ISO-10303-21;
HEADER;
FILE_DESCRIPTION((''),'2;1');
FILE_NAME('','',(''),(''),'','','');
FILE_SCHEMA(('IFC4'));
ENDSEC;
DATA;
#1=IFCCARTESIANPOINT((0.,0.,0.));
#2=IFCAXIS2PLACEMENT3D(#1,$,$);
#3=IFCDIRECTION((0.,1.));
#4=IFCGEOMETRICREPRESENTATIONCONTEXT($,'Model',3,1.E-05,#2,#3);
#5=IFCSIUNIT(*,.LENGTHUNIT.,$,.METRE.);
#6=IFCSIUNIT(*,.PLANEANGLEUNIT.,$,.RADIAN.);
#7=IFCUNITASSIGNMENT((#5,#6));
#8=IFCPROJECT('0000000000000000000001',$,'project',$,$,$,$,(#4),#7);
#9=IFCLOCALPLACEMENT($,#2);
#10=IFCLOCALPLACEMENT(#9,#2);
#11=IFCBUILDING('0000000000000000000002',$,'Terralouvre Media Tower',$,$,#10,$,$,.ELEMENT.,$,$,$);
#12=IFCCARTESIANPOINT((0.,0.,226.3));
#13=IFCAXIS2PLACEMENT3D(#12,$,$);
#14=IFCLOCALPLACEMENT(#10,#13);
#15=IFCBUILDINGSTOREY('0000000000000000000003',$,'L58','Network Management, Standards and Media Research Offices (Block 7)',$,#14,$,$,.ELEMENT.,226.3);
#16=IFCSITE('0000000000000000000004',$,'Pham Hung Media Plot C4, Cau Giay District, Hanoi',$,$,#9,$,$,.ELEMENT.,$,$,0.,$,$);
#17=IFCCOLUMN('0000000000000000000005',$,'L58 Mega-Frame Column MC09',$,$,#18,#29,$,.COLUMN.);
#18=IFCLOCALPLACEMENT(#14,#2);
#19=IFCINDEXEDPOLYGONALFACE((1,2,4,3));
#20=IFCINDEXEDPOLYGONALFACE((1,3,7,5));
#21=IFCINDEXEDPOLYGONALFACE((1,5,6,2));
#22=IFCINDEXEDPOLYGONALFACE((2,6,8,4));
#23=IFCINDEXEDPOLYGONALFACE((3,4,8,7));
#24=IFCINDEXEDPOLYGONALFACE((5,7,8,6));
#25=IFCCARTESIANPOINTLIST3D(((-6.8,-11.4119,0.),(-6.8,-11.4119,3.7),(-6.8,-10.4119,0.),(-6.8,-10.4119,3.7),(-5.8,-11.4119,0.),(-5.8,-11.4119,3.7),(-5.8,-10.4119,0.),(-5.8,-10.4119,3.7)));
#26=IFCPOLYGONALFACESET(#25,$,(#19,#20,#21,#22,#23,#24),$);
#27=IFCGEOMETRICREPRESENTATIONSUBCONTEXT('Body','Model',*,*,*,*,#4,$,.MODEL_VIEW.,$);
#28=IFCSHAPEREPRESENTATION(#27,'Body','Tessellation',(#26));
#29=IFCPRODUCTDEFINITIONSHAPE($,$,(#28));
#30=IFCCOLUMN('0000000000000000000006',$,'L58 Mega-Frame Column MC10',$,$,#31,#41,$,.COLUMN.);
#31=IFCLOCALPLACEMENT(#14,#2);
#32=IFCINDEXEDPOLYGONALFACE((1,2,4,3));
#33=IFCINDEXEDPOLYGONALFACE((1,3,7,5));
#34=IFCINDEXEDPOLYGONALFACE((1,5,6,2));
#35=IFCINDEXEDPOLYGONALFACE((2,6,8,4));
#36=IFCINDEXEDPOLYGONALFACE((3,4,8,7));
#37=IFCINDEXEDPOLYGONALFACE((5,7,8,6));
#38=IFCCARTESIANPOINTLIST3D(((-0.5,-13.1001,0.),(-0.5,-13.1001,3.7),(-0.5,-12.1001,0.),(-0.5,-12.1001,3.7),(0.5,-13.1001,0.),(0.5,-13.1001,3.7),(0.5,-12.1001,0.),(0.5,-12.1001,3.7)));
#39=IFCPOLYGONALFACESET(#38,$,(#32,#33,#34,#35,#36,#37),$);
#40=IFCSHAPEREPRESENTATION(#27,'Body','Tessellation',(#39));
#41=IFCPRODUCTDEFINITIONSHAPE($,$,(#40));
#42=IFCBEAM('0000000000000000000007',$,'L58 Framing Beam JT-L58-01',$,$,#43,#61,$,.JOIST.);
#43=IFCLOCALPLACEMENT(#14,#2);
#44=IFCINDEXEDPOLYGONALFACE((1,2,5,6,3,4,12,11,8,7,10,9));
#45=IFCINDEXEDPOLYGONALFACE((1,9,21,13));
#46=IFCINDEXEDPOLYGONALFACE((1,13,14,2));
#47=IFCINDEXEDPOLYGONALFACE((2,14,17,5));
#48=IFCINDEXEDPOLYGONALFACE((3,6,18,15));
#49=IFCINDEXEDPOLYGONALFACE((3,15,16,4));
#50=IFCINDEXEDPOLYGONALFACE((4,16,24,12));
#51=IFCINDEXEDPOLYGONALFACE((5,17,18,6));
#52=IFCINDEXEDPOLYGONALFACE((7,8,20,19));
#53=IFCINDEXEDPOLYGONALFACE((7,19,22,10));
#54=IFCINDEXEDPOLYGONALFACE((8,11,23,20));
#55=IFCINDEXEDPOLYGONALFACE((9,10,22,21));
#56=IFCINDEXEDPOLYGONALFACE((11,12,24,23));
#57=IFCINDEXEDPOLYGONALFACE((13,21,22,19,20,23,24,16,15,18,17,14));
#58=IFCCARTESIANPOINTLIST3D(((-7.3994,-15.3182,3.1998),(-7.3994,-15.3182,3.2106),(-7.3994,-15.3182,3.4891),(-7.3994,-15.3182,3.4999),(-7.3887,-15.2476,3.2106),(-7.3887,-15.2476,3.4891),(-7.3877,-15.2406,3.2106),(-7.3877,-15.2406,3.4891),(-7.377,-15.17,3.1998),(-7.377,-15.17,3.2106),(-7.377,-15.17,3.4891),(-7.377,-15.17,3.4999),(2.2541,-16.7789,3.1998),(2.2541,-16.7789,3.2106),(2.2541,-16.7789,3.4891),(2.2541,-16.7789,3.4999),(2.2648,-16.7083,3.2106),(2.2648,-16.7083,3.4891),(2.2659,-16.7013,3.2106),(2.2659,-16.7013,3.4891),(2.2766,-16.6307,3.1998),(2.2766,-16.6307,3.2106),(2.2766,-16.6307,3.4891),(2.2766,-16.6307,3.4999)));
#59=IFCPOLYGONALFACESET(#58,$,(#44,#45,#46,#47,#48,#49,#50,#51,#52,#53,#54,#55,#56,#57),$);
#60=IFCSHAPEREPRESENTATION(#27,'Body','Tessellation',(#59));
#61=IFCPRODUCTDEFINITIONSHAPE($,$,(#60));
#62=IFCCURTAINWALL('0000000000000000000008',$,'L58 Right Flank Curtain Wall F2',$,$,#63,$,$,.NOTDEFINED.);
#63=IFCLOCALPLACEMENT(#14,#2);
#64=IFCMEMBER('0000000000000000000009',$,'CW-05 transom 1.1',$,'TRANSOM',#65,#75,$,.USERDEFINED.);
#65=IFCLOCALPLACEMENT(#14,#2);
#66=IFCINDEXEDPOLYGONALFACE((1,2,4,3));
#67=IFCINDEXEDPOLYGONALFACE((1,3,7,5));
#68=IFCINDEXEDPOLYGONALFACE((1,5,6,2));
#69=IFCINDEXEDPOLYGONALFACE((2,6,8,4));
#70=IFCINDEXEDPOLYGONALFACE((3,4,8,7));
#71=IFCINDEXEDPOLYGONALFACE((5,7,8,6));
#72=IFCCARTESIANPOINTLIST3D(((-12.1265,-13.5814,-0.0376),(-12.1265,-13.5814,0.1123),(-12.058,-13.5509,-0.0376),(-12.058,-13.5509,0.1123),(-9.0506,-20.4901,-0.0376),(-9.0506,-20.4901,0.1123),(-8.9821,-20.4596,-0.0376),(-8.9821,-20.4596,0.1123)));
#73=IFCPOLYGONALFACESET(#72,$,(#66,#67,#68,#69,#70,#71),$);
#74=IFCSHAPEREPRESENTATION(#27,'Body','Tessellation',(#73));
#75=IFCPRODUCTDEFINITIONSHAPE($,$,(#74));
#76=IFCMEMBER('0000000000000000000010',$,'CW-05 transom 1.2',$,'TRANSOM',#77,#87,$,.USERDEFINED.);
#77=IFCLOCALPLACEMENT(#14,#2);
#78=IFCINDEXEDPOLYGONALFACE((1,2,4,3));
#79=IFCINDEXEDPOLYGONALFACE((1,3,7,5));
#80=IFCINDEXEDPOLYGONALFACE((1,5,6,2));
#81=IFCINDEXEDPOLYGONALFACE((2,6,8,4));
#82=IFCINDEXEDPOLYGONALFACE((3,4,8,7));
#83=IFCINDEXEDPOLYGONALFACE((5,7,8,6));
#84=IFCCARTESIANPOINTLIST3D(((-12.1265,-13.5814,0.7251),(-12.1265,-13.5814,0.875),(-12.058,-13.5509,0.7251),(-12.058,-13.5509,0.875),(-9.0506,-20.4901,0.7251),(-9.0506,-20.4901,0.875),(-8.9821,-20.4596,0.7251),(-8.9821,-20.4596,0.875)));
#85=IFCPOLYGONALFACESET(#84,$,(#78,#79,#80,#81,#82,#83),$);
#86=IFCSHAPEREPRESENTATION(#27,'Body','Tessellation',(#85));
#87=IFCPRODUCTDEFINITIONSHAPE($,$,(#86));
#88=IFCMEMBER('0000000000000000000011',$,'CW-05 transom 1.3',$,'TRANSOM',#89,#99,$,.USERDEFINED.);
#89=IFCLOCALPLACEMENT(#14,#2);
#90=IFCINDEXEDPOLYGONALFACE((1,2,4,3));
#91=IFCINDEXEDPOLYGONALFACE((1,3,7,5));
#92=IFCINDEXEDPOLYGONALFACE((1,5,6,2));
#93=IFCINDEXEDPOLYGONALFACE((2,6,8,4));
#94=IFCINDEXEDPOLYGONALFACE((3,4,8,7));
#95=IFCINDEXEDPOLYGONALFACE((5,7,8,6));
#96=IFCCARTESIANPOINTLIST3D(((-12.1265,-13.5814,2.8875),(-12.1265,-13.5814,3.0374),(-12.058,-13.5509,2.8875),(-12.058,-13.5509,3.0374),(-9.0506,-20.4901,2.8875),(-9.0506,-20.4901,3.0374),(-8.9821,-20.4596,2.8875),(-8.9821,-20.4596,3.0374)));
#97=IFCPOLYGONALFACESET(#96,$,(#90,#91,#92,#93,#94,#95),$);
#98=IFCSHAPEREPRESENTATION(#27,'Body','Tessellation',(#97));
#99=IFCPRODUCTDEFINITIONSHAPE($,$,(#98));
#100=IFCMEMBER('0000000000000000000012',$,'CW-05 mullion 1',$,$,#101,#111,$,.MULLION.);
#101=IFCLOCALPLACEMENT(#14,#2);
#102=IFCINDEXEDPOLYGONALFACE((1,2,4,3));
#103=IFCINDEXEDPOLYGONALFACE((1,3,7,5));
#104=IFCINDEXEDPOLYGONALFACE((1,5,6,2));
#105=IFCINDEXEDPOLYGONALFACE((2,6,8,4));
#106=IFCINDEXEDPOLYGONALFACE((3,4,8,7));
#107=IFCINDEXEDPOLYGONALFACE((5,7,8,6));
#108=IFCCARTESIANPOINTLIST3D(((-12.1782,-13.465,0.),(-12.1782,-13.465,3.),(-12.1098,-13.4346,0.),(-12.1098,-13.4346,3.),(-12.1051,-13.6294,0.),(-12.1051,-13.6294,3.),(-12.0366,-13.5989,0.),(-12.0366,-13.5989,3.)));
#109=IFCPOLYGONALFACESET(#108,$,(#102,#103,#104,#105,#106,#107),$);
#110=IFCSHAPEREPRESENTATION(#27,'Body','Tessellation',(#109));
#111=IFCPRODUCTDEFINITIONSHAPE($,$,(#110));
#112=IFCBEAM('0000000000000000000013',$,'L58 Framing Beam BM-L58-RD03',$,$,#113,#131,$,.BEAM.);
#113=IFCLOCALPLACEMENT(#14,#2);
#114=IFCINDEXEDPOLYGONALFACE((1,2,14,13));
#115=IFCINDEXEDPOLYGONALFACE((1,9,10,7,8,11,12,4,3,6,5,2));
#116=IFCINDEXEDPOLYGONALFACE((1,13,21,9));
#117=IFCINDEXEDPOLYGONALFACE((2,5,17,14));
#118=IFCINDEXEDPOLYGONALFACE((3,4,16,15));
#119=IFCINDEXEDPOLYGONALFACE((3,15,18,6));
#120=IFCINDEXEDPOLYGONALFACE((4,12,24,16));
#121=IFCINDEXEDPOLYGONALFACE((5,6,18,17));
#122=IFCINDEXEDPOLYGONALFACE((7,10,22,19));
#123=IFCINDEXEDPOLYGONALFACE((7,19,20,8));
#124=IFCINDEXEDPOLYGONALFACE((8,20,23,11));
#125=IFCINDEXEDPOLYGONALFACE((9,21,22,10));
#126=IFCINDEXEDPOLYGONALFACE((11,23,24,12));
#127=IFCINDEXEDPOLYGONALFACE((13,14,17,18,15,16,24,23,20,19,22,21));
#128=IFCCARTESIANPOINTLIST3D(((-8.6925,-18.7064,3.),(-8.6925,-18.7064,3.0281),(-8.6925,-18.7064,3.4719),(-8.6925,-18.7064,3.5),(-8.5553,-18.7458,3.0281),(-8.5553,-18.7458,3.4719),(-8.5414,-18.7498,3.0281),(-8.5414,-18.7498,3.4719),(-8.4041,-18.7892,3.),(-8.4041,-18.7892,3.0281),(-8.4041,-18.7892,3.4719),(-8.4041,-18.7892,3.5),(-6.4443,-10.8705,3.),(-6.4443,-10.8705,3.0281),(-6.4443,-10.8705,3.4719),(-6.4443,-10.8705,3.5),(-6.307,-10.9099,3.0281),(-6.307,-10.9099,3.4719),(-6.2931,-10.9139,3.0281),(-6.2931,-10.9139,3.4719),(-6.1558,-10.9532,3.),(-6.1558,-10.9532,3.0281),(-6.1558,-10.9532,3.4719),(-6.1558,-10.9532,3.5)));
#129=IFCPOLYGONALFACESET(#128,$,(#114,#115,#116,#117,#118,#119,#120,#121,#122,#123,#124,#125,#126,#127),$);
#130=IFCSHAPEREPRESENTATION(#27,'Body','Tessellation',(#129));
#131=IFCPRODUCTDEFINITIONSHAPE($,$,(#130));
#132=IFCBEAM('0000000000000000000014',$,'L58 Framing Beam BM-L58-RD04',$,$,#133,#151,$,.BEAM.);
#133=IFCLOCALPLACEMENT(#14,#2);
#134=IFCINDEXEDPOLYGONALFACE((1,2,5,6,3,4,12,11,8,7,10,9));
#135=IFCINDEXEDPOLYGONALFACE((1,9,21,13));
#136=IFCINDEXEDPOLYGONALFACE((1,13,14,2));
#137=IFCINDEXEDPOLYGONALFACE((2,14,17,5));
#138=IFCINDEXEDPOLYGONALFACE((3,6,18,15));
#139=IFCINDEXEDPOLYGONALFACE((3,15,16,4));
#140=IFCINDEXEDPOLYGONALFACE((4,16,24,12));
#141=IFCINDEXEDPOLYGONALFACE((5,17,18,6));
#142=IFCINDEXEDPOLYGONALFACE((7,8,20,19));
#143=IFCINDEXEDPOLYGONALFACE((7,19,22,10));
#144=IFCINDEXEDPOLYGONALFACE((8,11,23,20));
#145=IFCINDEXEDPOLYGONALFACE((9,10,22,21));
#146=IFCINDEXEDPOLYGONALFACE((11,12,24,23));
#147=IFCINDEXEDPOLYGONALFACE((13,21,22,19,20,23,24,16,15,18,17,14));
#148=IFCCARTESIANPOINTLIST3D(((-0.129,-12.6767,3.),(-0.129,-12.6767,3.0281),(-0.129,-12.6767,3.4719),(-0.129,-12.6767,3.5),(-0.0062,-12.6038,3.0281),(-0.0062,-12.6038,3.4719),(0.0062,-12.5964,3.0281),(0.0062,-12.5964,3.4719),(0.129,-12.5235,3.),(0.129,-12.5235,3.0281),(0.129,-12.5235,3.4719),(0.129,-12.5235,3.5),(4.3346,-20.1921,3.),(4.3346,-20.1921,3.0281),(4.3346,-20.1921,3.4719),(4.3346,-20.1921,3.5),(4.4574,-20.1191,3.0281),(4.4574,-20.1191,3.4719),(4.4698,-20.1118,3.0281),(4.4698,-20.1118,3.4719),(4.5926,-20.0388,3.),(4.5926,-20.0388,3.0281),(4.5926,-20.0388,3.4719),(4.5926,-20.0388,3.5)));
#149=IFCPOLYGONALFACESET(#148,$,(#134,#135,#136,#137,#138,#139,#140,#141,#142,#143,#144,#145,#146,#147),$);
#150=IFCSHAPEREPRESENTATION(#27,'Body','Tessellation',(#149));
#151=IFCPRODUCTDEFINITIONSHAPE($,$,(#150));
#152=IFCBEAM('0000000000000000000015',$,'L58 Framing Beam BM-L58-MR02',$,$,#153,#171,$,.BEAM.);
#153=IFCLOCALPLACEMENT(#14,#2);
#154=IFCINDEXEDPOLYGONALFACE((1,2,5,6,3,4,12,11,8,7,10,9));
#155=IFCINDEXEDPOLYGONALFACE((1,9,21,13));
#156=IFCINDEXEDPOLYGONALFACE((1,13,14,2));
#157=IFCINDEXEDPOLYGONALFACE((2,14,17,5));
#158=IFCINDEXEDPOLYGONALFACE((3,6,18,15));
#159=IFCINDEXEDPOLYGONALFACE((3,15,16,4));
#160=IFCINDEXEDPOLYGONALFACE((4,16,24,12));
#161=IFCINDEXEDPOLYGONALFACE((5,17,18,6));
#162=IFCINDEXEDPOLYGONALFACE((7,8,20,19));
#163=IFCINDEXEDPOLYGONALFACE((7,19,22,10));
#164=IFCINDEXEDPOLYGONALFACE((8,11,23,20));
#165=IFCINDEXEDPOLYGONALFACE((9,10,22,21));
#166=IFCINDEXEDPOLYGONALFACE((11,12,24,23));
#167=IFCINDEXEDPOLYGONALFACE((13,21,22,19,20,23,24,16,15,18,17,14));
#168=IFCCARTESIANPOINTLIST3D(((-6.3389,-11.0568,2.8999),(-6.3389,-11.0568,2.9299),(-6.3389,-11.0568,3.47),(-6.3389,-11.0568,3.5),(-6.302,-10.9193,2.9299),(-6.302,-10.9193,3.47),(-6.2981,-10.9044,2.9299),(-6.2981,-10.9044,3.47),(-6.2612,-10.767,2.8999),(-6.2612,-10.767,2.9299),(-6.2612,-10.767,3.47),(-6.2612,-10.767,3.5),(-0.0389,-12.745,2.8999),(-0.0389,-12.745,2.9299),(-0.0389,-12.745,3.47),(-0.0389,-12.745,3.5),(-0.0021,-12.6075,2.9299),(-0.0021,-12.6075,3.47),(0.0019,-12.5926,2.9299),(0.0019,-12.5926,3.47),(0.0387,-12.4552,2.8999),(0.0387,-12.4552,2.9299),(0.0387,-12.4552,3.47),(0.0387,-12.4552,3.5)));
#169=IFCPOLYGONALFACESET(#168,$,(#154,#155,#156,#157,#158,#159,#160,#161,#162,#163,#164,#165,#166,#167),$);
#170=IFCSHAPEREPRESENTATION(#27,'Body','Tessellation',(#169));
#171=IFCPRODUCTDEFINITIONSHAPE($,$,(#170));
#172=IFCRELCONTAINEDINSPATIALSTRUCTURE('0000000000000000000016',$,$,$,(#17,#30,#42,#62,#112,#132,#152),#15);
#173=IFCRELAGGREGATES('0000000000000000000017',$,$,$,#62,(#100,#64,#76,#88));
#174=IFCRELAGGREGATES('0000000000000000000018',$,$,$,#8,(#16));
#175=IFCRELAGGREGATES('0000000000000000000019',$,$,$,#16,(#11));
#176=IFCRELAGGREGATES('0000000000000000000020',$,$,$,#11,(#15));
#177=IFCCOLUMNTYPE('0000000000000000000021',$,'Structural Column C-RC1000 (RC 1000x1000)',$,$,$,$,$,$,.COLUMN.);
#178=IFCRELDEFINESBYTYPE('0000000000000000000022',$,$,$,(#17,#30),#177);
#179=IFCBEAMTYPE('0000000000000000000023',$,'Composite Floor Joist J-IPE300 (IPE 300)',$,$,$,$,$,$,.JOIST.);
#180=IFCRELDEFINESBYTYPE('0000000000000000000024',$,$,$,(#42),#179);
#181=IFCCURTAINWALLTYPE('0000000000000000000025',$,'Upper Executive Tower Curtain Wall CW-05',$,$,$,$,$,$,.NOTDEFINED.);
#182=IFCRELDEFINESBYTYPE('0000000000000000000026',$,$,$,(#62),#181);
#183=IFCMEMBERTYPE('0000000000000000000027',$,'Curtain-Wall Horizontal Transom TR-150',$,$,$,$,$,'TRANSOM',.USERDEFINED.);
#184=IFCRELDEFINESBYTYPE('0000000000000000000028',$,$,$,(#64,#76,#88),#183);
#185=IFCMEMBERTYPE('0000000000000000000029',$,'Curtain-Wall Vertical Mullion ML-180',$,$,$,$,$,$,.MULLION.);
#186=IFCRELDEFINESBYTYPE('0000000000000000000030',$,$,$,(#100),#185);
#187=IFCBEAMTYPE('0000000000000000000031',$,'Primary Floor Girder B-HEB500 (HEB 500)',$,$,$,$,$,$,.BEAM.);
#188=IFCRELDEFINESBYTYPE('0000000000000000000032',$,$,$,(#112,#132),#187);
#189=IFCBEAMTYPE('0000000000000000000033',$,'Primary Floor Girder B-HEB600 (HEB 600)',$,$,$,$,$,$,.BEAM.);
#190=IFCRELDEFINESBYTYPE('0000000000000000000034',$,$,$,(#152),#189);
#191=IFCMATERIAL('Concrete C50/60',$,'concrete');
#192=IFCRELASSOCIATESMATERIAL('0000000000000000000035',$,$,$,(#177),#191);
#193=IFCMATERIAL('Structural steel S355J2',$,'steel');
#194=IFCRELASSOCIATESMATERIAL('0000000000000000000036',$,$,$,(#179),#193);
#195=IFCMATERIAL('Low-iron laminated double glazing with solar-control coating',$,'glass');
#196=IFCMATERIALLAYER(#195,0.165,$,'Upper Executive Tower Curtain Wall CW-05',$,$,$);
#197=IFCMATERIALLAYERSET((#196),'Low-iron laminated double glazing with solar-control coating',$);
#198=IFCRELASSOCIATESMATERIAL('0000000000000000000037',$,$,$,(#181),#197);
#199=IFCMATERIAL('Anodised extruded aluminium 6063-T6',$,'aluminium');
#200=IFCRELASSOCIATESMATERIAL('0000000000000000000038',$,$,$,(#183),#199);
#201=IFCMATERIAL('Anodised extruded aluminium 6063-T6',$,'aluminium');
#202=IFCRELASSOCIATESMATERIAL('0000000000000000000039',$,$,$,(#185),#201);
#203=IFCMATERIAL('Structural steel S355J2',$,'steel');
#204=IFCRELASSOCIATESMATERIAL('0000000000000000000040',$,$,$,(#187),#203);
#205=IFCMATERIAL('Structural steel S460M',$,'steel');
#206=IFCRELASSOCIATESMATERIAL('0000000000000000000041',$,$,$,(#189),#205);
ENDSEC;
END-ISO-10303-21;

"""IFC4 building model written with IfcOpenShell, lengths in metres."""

from ifc_helpers import new_model, si_unit, direction, frame, origin, origin_2d, place, context, subcontext, project, spatial, rectangle, i_section, extrude, material, layer, layer_set, material_profile, profile_set, type_object, element, aggregate, save


model = new_model("IFC4")

# Units and contexts
model_context = context("Model", 3, precision=1e-05, world=origin(), true_north=direction((0.0, 1.0)))
body_context = subcontext(model_context, "Body", "Model", "MODEL_VIEW")
ifc_project = project(units=[si_unit("LENGTHUNIT", "METRE"), si_unit("PLANEANGLEUNIT", "RADIAN")], contexts=[model_context])

# Site, building, storey
site_placement = place(None, origin())
site = spatial("IfcSite", under=ifc_project, at=site_placement, Name="Pham Hung Media Plot C4, Cau Giay District, Hanoi", CompositionType="ELEMENT", RefElevation=0.0)
building_placement = place(site_placement, origin())
building = spatial("IfcBuilding", under=site, at=building_placement, Name="Terralouvre Media Tower", CompositionType="ELEMENT")
storey_placement = place(building_placement, frame((0.0, 0.0, 226.3)))
storey = spatial("IfcBuildingStorey", under=building, at=storey_placement, Name="L58", Description="Network Management, Standards and Media Research Offices (Block 7)", CompositionType="ELEMENT", Elevation=226.3)

# Columns
ifc_material_1 = material(Name="Concrete C50/60", Category="concrete")
ifc_material_profile_1 = material_profile(ifc_material_1, rectangle(XDim=1.0, YDim=1.0, at=origin_2d()), Name="RC 1000x1000")
ifc_profile_set_1 = profile_set([ifc_material_profile_1], Name="Concrete C50/60")
column_type = type_object("IfcColumnType", Name="Structural Column C-RC1000 (RC 1000x1000)", PredefinedType="COLUMN", material=ifc_profile_set_1)
for number, where, z_axis, x_axis, name in (
    (1, (-6.3, -10.9119, 0.0), (0.0, 0.0, 1.0), (1.0, 0.0, 0.0), "L58 Mega-Frame Column MC09"),
    (2, (0.0, -12.6001, 0.0), (0.0, 0.0, 1.0), (1.0, 0.0, 0.0), "L58 Mega-Frame Column MC10"),
):
    element("IfcColumn", number, at=place(storey_placement, frame(where, z_axis=z_axis, x_axis=x_axis)), inside=storey, type_object=column_type, Name=name, PredefinedType="COLUMN", context=body_context, shape_type="SweptSolid", body=[
        extrude(rectangle(XDim=1.0, YDim=1.0, at=origin_2d()), origin(), (0.0, 0.0, 1.0), 3.7),
    ])

# Beam
ifc_material_2 = material(Name="Structural steel S355J2", Category="steel")
ifc_material_profile_2 = material_profile(ifc_material_2, i_section(OverallWidth=0.1499, OverallDepth=0.3, WebThickness=0.0071, FlangeThickness=0.0107, at=origin_2d()), Name="IPE 300")
ifc_profile_set_2 = profile_set([ifc_material_profile_2], Name="Structural steel S355J2")
beam_type_1 = type_object("IfcBeamType", Name="Composite Floor Joist J-IPE300 (IPE 300)", PredefinedType="JOIST", material=ifc_profile_set_2)
beam_1_placement = place(storey_placement, frame((-7.3882, -15.2441, 3.3499), z_axis=(0.988745, -0.149608, 0.0), x_axis=(0.149608, 0.988745, 0.0)))
element("IfcBeam", 3, at=beam_1_placement, inside=storey, type_object=beam_type_1, Name="L58 Framing Beam JT-L58-01", PredefinedType="JOIST", context=body_context, shape_type="SweptSolid", body=[
    extrude(i_section(OverallWidth=0.1499, OverallDepth=0.3, WebThickness=0.0071, FlangeThickness=0.0107, at=origin_2d()), origin(), (0.0, 0.0, 1.0), 9.7634),
])

# Curtain wall, members
ifc_material_3 = material(Name="Low-iron laminated double glazing with solar-control coating", Category="glass")
ifc_layer_1 = layer(ifc_material_3, 0.165, Name="Upper Executive Tower Curtain Wall CW-05")
ifc_layer_set_1 = layer_set([ifc_layer_1], Name="Low-iron laminated double glazing with solar-control coating")
curtain_wall_type = type_object("IfcCurtainWallType", Name="Upper Executive Tower Curtain Wall CW-05", PredefinedType="NOTDEFINED", material=ifc_layer_set_1)
curtain_wall_placement = place(storey_placement, origin())
curtain_wall = element("IfcCurtainWall", 4, at=curtain_wall_placement, inside=storey, type_object=curtain_wall_type, Name="L58 Right Flank Curtain Wall F2", PredefinedType="NOTDEFINED")
ifc_material_4 = material(Name="Anodised extruded aluminium 6063-T6", Category="aluminium")
ifc_material_profile_3 = material_profile(ifc_material_4, rectangle(XDim=0.075, YDim=0.1499, at=origin_2d()), Name="ALU 75x150")
ifc_profile_set_3 = profile_set([ifc_material_profile_3], Name="Anodised extruded aluminium 6063-T6")
member_type_1 = type_object("IfcMemberType", Name="Curtain-Wall Horizontal Transom TR-150", ElementType="TRANSOM", PredefinedType="USERDEFINED", material=ifc_profile_set_3)
member_1_placement = place(storey_placement, frame((-12.0923, -13.5662, 0.0374), z_axis=(0.406734, -0.913546, 0.0), x_axis=(0.913546, 0.406734, 0.0)))
member_1 = element("IfcMember", 5, at=member_1_placement, type_object=member_type_1, Name="CW-05 transom 1.1", ObjectType="TRANSOM", PredefinedType="USERDEFINED", context=body_context, shape_type="SweptSolid", body=[
    extrude(rectangle(XDim=0.075, YDim=0.1499, at=origin_2d()), origin(), (0.0, 0.0, 1.0), 7.5625),
])
member_2_placement = place(storey_placement, frame((-12.0923, -13.5662, 0.8), z_axis=(0.406734, -0.913546, 0.0), x_axis=(0.913546, 0.406734, 0.0)))
member_2 = element("IfcMember", 6, at=member_2_placement, type_object=member_type_1, Name="CW-05 transom 1.2", ObjectType="TRANSOM", PredefinedType="USERDEFINED", context=body_context, shape_type="SweptSolid", body=[
    extrude(rectangle(XDim=0.075, YDim=0.1499, at=origin_2d()), origin(), (0.0, 0.0, 1.0), 7.5625),
])
member_3_placement = place(storey_placement, frame((-12.0923, -13.5662, 2.9624), z_axis=(0.406734, -0.913546, 0.0), x_axis=(0.913546, 0.406734, 0.0)))
member_3 = element("IfcMember", 7, at=member_3_placement, type_object=member_type_1, Name="CW-05 transom 1.3", ObjectType="TRANSOM", PredefinedType="USERDEFINED", context=body_context, shape_type="SweptSolid", body=[
    extrude(rectangle(XDim=0.075, YDim=0.1499, at=origin_2d()), origin(), (0.0, 0.0, 1.0), 7.5625),
])
ifc_material_5 = material(Name="Anodised extruded aluminium 6063-T6", Category="aluminium")
ifc_material_profile_4 = material_profile(ifc_material_5, rectangle(XDim=0.075, YDim=0.1799, at=origin_2d()), Name="ALU 75x180")
ifc_profile_set_4 = profile_set([ifc_material_profile_4], Name="Anodised extruded aluminium 6063-T6")
member_type_2 = type_object("IfcMemberType", Name="Curtain-Wall Vertical Mullion ML-180", PredefinedType="MULLION", material=ifc_profile_set_4)
member_4_placement = place(storey_placement, frame((-12.1074, -13.532, 0.0), z_axis=(0.0, 0.0, 1.0), x_axis=(0.913546, 0.406736, 0.0)))
member_4 = element("IfcMember", 8, at=member_4_placement, type_object=member_type_2, Name="CW-05 mullion 1", PredefinedType="MULLION", context=body_context, shape_type="SweptSolid", body=[
    extrude(rectangle(XDim=0.075, YDim=0.1799, at=origin_2d()), origin(), (0.0, 0.0, 1.0), 3.0),
])

# Beams
ifc_material_6 = material(Name="Structural steel S355J2", Category="steel")
ifc_material_profile_5 = material_profile(ifc_material_6, i_section(OverallWidth=0.3, OverallDepth=0.5, WebThickness=0.0144, FlangeThickness=0.0281, at=origin_2d()), Name="HEB 500")
ifc_profile_set_5 = profile_set([ifc_material_profile_5], Name="Structural steel S355J2")
beam_type_2 = type_object("IfcBeamType", Name="Primary Floor Girder B-HEB500 (HEB 500)", PredefinedType="BEAM", material=ifc_profile_set_5)
beam_2_placement = place(storey_placement, frame((-6.3, -10.9119, 3.25), z_axis=(-0.275793, -0.961217, 0.0), x_axis=(0.961217, -0.275793, 0.0)))
element("IfcBeam", 9, at=beam_2_placement, inside=storey, type_object=beam_type_2, Name="L58 Framing Beam BM-L58-RD03", PredefinedType="BEAM", context=body_context, shape_type="SweptSolid", body=[
    extrude(i_section(OverallWidth=0.3, OverallDepth=0.5, WebThickness=0.0144, FlangeThickness=0.0281, at=origin_2d()), origin(), (0.0, 0.0, 1.0), 8.1521),
])
beam_3_placement = place(storey_placement, frame((0.0, -12.6001, 3.25), z_axis=(0.510654, -0.859786, 0.0), x_axis=(0.859786, 0.510654, 0.0)))
element("IfcBeam", 10, at=beam_3_placement, inside=storey, type_object=beam_type_2, Name="L58 Framing Beam BM-L58-RD04", PredefinedType="BEAM", context=body_context, shape_type="SweptSolid", body=[
    extrude(i_section(OverallWidth=0.3, OverallDepth=0.5, WebThickness=0.0144, FlangeThickness=0.0281, at=origin_2d()), origin(), (0.0, 0.0, 1.0), 8.741),
])
ifc_material_7 = material(Name="Structural steel S460M", Category="steel")
ifc_material_profile_6 = material_profile(ifc_material_7, i_section(OverallWidth=0.3, OverallDepth=0.6001, WebThickness=0.0154, FlangeThickness=0.03, at=origin_2d()), Name="HEB 600")
ifc_profile_set_6 = profile_set([ifc_material_profile_6], Name="Structural steel S460M")
beam_type_3 = type_object("IfcBeamType", Name="Primary Floor Girder B-HEB600 (HEB 600)", PredefinedType="BEAM", material=ifc_profile_set_6)
for number, where, z_axis, x_axis, name in (
    (11, (-6.3, -10.9119, 3.2), (0.96592, -0.258839, 0.0), (0.258839, 0.96592, 0.0), "L58 Framing Beam BM-L58-MR02"),
):
    element("IfcBeam", number, at=place(storey_placement, frame(where, z_axis=z_axis, x_axis=x_axis)), inside=storey, type_object=beam_type_3, Name=name, PredefinedType="BEAM", context=body_context, shape_type="SweptSolid", body=[
        extrude(i_section(OverallWidth=0.3, OverallDepth=0.6001, WebThickness=0.0154, FlangeThickness=0.03, at=origin_2d()), origin(), (0.0, 0.0, 1.0), 6.5222),
    ])

aggregate(curtain_wall, [member_4, member_1, member_2, member_3])

save(model, "model.ifc")
